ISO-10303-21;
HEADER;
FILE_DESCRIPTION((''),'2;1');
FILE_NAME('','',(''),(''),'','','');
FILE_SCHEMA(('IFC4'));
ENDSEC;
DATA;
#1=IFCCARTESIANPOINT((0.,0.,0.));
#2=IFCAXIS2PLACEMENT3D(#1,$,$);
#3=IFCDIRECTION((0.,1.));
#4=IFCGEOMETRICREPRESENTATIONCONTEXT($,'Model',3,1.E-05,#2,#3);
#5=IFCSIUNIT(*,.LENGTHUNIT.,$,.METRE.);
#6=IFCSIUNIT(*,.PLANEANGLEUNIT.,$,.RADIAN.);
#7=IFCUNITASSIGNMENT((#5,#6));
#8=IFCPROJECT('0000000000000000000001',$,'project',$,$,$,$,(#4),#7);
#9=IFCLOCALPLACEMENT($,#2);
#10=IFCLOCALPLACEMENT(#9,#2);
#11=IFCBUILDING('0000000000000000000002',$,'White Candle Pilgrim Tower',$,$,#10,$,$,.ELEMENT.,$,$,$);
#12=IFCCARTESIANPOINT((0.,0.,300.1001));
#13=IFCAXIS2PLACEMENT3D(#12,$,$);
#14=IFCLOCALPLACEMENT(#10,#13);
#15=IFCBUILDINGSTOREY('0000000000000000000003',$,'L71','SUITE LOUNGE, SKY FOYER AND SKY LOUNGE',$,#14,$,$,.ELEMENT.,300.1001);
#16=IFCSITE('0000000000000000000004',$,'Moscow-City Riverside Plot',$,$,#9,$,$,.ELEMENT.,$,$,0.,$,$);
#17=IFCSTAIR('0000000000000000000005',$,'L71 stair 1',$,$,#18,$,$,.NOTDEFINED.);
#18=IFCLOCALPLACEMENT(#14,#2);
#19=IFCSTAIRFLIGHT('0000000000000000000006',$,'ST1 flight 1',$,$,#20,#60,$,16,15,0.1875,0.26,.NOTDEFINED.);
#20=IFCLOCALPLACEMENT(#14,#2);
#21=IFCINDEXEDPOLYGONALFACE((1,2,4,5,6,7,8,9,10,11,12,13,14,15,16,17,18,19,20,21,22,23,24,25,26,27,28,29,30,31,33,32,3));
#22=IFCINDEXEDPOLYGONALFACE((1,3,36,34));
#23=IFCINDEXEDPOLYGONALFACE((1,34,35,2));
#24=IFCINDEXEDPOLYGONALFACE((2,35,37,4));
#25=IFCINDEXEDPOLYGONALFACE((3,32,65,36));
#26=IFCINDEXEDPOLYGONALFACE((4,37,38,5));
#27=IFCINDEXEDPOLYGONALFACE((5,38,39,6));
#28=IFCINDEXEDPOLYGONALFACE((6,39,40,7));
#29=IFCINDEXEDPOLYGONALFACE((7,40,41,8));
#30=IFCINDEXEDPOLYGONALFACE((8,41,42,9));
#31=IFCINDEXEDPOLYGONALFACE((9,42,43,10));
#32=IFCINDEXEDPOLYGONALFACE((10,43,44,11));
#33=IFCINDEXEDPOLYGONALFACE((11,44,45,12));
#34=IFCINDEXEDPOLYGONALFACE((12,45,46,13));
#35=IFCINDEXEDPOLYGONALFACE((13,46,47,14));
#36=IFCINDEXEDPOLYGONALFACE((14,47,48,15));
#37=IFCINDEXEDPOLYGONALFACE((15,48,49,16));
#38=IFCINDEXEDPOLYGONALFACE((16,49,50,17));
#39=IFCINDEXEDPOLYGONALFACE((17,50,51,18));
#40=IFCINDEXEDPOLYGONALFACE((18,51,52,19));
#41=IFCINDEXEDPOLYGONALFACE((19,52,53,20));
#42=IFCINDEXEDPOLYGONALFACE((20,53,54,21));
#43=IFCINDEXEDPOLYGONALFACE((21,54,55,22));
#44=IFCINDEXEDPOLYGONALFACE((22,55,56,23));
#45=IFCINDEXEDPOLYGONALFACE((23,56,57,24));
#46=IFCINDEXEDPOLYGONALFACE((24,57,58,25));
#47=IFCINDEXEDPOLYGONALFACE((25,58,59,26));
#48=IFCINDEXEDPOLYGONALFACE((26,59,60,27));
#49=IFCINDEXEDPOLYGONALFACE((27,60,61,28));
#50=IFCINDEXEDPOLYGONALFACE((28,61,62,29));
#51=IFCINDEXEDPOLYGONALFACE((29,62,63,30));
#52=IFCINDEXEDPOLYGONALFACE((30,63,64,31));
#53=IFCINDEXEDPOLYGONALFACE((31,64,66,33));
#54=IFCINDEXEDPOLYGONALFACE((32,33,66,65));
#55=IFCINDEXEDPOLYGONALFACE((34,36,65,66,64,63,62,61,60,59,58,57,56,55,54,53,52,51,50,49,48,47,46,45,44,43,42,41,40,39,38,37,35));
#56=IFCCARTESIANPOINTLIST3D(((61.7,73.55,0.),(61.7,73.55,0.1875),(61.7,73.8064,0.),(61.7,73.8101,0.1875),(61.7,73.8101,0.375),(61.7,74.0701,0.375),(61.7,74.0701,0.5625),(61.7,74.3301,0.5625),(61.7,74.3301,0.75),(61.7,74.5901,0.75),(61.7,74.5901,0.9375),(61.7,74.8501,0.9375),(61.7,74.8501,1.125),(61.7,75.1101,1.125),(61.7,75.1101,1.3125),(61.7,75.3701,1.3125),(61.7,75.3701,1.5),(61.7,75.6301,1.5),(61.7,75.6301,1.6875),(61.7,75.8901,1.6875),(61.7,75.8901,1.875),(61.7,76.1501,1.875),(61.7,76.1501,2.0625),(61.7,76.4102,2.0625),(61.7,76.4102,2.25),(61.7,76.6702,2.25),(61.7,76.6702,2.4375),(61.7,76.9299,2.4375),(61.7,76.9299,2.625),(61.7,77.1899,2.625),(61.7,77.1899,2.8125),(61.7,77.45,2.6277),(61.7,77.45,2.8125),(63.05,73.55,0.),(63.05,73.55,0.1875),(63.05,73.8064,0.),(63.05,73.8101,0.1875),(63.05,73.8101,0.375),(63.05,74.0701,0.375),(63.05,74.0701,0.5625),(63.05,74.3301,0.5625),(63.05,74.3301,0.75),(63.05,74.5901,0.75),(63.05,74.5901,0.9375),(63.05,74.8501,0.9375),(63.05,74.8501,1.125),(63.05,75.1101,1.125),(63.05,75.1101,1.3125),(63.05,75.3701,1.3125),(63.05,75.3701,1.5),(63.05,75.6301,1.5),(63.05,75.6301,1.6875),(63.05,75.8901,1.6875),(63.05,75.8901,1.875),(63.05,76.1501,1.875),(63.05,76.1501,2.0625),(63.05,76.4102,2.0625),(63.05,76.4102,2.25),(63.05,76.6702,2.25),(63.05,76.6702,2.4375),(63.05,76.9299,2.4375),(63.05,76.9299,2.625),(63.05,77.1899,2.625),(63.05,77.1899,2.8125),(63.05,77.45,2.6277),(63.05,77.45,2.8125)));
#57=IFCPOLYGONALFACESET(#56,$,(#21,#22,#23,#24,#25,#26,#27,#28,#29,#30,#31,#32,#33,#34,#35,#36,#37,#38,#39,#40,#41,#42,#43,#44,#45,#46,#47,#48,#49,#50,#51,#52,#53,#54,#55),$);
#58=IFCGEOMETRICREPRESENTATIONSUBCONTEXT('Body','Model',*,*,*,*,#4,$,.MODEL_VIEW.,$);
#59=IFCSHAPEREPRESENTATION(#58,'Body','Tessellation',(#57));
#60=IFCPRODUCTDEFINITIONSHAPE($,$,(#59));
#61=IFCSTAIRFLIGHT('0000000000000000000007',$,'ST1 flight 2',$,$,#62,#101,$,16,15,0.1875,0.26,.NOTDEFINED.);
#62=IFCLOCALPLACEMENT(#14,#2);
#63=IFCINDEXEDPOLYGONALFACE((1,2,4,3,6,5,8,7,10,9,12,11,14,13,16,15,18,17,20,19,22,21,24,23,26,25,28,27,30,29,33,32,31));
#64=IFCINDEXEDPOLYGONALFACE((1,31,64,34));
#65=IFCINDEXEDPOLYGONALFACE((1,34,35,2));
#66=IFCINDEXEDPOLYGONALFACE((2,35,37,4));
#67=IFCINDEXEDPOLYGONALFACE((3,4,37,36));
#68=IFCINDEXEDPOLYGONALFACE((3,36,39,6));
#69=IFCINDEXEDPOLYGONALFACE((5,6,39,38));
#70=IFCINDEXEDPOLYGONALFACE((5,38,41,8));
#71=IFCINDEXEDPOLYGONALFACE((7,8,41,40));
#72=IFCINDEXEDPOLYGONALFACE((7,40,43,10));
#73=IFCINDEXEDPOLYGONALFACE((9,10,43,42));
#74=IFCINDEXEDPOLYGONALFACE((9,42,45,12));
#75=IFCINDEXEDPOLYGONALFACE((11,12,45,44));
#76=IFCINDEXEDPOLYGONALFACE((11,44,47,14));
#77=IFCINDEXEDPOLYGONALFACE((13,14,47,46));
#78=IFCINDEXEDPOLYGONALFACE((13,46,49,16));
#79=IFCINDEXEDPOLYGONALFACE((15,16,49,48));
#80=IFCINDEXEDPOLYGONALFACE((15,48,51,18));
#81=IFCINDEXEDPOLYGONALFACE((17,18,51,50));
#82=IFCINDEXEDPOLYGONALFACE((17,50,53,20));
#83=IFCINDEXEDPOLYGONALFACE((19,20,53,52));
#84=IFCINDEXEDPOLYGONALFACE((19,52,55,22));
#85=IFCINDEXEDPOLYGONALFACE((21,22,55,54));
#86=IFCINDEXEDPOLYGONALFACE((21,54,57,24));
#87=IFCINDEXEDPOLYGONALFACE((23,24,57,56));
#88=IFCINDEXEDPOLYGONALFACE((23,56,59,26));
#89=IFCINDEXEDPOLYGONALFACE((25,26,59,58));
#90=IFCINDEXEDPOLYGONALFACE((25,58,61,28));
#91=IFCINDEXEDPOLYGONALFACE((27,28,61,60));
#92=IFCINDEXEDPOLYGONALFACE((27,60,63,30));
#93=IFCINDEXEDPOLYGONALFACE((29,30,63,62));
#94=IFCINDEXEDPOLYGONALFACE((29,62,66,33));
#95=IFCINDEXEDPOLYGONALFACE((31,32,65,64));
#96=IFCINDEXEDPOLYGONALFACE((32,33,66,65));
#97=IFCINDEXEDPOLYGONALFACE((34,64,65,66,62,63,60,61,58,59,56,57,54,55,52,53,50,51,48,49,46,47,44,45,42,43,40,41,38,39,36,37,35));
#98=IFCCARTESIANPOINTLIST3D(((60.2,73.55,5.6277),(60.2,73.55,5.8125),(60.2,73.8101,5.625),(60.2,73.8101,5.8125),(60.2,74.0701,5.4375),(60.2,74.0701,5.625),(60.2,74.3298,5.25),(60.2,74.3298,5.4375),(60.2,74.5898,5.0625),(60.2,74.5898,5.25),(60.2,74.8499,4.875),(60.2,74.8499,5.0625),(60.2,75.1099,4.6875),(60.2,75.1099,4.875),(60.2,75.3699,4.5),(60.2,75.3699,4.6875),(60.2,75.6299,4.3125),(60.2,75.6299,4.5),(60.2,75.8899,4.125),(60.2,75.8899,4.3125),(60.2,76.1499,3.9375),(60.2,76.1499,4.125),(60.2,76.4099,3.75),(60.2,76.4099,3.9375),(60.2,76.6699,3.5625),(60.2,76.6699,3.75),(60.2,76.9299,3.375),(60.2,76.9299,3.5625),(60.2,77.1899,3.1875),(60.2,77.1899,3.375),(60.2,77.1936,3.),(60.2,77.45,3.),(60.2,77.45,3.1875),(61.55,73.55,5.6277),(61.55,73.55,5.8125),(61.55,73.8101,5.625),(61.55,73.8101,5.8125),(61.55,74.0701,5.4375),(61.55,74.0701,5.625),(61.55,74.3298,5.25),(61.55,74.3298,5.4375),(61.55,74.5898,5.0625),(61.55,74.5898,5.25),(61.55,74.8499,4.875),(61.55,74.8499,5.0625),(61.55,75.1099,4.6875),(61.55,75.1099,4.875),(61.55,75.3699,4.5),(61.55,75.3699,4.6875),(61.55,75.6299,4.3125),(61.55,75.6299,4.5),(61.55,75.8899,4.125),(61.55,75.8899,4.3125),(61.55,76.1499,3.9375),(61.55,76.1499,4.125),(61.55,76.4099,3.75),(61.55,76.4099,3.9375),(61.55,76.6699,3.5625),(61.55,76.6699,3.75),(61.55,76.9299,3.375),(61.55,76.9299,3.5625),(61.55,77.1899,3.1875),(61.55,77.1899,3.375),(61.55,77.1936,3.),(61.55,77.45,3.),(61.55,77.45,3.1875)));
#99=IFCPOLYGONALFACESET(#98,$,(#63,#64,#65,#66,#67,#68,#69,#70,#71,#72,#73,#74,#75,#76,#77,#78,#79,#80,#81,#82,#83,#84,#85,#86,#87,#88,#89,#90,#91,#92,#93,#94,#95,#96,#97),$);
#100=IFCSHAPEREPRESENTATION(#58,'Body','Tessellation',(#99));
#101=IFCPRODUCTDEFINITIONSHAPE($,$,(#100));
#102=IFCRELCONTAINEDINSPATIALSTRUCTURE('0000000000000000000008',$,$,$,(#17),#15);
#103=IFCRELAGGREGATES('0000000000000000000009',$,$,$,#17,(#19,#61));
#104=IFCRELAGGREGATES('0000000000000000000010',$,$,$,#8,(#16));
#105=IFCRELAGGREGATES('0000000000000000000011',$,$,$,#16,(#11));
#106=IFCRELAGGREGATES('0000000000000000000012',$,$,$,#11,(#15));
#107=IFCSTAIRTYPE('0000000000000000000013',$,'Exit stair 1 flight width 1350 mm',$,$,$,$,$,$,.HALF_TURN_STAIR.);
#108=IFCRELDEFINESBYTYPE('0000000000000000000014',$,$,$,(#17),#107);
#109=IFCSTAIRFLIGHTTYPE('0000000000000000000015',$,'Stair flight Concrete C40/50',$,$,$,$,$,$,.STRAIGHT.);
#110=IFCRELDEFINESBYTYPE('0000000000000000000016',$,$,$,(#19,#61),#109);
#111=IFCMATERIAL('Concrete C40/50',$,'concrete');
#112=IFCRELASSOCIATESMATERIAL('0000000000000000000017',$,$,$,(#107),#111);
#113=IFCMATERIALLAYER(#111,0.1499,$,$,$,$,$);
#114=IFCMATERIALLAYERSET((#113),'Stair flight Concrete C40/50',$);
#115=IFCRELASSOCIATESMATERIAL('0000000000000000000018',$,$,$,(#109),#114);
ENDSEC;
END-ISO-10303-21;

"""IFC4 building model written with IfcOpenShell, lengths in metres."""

from ifc_helpers import new_model, si_unit, direction, frame, origin, place, context, subcontext, project, spatial, polyline, outline, extrude, material, layer, layer_set, type_object, element, aggregate, save


model = new_model("IFC4")

# Units and contexts
model_context = context("Model", 3, precision=1e-05, world=origin(), true_north=direction((0.0, 1.0)))
body_context = subcontext(model_context, "Body", "Model", "MODEL_VIEW")
ifc_project = project(units=[si_unit("LENGTHUNIT", "METRE"), si_unit("PLANEANGLEUNIT", "RADIAN")], contexts=[model_context])

# Site, building, storey
site_placement = place(None, origin())
site = spatial("IfcSite", under=ifc_project, at=site_placement, Name="Moscow-City Riverside Plot", CompositionType="ELEMENT", RefElevation=0.0)
building_placement = place(site_placement, origin())
building = spatial("IfcBuilding", under=site, at=building_placement, Name="White Candle Pilgrim Tower", CompositionType="ELEMENT")
storey_placement = place(building_placement, frame((0.0, 0.0, 300.1001)))
storey = spatial("IfcBuildingStorey", under=building, at=storey_placement, Name="L71", Description="SUITE LOUNGE, SKY FOYER AND SKY LOUNGE", CompositionType="ELEMENT", Elevation=300.1001)

# Shared definitions
ifc_material_1 = material(Name="Concrete C40/50", Category="concrete")

# Stair, stair flights
stair_type = type_object("IfcStairType", Name="Exit stair 1 flight width 1350 mm", PredefinedType="HALF_TURN_STAIR", material=ifc_material_1)
stair_placement = place(storey_placement, origin())
stair = element("IfcStair", 1, at=stair_placement, inside=storey, type_object=stair_type, Name="L71 stair 1", PredefinedType="NOTDEFINED")
ifc_layer_1 = layer(ifc_material_1, 0.1499)
ifc_layer_set_1 = layer_set([ifc_layer_1], Name="Stair flight Concrete C40/50")
stair_flight_type = type_object("IfcStairFlightType", Name="Stair flight Concrete C40/50", PredefinedType="STRAIGHT", material=ifc_layer_set_1)
stair_flight_1_placement = place(storey_placement, frame((62.375, 73.55, 0.0), z_axis=(0.0, 0.0, 1.0), x_axis=(0.0, 1.0, 0.0)))
stair_flight_1 = element("IfcStairFlight", 2, at=stair_flight_1_placement, type_object=stair_flight_type, Name="ST1 flight 1", NumberOfRisers=16, NumberOfTreads=15, PredefinedType="NOTDEFINED", RiserHeight=0.1875, TreadLength=0.26, context=body_context, shape_type="SweptSolid", body=[
    extrude(outline(polyline([(0.0, 0.0), (0.0, 0.1875), (0.26, 0.1875), (0.26, 0.375), (0.52, 0.375), (0.52, 0.5625), (0.78, 0.5625), (0.78, 0.75), (1.04, 0.75), (1.04, 0.9375), (1.3, 0.9375), (1.3, 1.125), (1.5601, 1.125), (1.5601, 1.3125), (1.8201, 1.3125), (1.8201, 1.5), (2.0801, 1.5), (2.0801, 1.6875), (2.3401, 1.6875), (2.3401, 1.875), (2.6001, 1.875), (2.6001, 2.0625), (2.8601, 2.0625), (2.8601, 2.25), (3.1201, 2.25), (3.1201, 2.4375), (3.3799, 2.4375), (3.3799, 2.625), (3.6399, 2.625), (3.6399, 2.8125), (3.8999, 2.8125), (3.8999, 3.0), (3.8999, 2.6277), (0.2563, 0.0), (0.0, 0.0)])), frame((0.0, 0.675, 0.0), z_axis=(0.0, -1.0, 0.0), x_axis=(1.0, 0.0, 0.0)), (0.0, 0.0, 1.0), 1.3501),
])
stair_flight_2_placement = place(storey_placement, frame((60.875, 77.45, 3.0), z_axis=(0.0, 0.0, 1.0), x_axis=(0.0, -1.0, 0.0)))
stair_flight_2 = element("IfcStairFlight", 3, at=stair_flight_2_placement, type_object=stair_flight_type, Name="ST1 flight 2", NumberOfRisers=16, NumberOfTreads=15, PredefinedType="NOTDEFINED", RiserHeight=0.1875, TreadLength=0.26, context=body_context, shape_type="SweptSolid", body=[
    extrude(outline(polyline([(0.0, 0.0), (0.0, 0.1875), (0.26, 0.1875), (0.26, 0.375), (0.52, 0.375), (0.52, 0.5625), (0.78, 0.5625), (0.78, 0.75), (1.04, 0.75), (1.04, 0.9375), (1.3, 0.9375), (1.3, 1.125), (1.5601, 1.125), (1.5601, 1.3125), (1.8201, 1.3125), (1.8201, 1.5), (2.0801, 1.5), (2.0801, 1.6875), (2.3401, 1.6875), (2.3401, 1.875), (2.6001, 1.875), (2.6001, 2.0625), (2.8601, 2.0625), (2.8601, 2.25), (3.1201, 2.25), (3.1201, 2.4375), (3.3799, 2.4375), (3.3799, 2.625), (3.6399, 2.625), (3.6399, 2.8125), (3.8999, 2.8125), (3.8999, 3.0), (3.8999, 2.6277), (0.2563, 0.0), (0.0, 0.0)])), frame((0.0, 0.675, 0.0), z_axis=(0.0, -1.0, 0.0), x_axis=(1.0, 0.0, 0.0)), (0.0, 0.0, 1.0), 1.3501),
])
aggregate(stair, [stair_flight_1, stair_flight_2])

save(model, "model.ifc")
